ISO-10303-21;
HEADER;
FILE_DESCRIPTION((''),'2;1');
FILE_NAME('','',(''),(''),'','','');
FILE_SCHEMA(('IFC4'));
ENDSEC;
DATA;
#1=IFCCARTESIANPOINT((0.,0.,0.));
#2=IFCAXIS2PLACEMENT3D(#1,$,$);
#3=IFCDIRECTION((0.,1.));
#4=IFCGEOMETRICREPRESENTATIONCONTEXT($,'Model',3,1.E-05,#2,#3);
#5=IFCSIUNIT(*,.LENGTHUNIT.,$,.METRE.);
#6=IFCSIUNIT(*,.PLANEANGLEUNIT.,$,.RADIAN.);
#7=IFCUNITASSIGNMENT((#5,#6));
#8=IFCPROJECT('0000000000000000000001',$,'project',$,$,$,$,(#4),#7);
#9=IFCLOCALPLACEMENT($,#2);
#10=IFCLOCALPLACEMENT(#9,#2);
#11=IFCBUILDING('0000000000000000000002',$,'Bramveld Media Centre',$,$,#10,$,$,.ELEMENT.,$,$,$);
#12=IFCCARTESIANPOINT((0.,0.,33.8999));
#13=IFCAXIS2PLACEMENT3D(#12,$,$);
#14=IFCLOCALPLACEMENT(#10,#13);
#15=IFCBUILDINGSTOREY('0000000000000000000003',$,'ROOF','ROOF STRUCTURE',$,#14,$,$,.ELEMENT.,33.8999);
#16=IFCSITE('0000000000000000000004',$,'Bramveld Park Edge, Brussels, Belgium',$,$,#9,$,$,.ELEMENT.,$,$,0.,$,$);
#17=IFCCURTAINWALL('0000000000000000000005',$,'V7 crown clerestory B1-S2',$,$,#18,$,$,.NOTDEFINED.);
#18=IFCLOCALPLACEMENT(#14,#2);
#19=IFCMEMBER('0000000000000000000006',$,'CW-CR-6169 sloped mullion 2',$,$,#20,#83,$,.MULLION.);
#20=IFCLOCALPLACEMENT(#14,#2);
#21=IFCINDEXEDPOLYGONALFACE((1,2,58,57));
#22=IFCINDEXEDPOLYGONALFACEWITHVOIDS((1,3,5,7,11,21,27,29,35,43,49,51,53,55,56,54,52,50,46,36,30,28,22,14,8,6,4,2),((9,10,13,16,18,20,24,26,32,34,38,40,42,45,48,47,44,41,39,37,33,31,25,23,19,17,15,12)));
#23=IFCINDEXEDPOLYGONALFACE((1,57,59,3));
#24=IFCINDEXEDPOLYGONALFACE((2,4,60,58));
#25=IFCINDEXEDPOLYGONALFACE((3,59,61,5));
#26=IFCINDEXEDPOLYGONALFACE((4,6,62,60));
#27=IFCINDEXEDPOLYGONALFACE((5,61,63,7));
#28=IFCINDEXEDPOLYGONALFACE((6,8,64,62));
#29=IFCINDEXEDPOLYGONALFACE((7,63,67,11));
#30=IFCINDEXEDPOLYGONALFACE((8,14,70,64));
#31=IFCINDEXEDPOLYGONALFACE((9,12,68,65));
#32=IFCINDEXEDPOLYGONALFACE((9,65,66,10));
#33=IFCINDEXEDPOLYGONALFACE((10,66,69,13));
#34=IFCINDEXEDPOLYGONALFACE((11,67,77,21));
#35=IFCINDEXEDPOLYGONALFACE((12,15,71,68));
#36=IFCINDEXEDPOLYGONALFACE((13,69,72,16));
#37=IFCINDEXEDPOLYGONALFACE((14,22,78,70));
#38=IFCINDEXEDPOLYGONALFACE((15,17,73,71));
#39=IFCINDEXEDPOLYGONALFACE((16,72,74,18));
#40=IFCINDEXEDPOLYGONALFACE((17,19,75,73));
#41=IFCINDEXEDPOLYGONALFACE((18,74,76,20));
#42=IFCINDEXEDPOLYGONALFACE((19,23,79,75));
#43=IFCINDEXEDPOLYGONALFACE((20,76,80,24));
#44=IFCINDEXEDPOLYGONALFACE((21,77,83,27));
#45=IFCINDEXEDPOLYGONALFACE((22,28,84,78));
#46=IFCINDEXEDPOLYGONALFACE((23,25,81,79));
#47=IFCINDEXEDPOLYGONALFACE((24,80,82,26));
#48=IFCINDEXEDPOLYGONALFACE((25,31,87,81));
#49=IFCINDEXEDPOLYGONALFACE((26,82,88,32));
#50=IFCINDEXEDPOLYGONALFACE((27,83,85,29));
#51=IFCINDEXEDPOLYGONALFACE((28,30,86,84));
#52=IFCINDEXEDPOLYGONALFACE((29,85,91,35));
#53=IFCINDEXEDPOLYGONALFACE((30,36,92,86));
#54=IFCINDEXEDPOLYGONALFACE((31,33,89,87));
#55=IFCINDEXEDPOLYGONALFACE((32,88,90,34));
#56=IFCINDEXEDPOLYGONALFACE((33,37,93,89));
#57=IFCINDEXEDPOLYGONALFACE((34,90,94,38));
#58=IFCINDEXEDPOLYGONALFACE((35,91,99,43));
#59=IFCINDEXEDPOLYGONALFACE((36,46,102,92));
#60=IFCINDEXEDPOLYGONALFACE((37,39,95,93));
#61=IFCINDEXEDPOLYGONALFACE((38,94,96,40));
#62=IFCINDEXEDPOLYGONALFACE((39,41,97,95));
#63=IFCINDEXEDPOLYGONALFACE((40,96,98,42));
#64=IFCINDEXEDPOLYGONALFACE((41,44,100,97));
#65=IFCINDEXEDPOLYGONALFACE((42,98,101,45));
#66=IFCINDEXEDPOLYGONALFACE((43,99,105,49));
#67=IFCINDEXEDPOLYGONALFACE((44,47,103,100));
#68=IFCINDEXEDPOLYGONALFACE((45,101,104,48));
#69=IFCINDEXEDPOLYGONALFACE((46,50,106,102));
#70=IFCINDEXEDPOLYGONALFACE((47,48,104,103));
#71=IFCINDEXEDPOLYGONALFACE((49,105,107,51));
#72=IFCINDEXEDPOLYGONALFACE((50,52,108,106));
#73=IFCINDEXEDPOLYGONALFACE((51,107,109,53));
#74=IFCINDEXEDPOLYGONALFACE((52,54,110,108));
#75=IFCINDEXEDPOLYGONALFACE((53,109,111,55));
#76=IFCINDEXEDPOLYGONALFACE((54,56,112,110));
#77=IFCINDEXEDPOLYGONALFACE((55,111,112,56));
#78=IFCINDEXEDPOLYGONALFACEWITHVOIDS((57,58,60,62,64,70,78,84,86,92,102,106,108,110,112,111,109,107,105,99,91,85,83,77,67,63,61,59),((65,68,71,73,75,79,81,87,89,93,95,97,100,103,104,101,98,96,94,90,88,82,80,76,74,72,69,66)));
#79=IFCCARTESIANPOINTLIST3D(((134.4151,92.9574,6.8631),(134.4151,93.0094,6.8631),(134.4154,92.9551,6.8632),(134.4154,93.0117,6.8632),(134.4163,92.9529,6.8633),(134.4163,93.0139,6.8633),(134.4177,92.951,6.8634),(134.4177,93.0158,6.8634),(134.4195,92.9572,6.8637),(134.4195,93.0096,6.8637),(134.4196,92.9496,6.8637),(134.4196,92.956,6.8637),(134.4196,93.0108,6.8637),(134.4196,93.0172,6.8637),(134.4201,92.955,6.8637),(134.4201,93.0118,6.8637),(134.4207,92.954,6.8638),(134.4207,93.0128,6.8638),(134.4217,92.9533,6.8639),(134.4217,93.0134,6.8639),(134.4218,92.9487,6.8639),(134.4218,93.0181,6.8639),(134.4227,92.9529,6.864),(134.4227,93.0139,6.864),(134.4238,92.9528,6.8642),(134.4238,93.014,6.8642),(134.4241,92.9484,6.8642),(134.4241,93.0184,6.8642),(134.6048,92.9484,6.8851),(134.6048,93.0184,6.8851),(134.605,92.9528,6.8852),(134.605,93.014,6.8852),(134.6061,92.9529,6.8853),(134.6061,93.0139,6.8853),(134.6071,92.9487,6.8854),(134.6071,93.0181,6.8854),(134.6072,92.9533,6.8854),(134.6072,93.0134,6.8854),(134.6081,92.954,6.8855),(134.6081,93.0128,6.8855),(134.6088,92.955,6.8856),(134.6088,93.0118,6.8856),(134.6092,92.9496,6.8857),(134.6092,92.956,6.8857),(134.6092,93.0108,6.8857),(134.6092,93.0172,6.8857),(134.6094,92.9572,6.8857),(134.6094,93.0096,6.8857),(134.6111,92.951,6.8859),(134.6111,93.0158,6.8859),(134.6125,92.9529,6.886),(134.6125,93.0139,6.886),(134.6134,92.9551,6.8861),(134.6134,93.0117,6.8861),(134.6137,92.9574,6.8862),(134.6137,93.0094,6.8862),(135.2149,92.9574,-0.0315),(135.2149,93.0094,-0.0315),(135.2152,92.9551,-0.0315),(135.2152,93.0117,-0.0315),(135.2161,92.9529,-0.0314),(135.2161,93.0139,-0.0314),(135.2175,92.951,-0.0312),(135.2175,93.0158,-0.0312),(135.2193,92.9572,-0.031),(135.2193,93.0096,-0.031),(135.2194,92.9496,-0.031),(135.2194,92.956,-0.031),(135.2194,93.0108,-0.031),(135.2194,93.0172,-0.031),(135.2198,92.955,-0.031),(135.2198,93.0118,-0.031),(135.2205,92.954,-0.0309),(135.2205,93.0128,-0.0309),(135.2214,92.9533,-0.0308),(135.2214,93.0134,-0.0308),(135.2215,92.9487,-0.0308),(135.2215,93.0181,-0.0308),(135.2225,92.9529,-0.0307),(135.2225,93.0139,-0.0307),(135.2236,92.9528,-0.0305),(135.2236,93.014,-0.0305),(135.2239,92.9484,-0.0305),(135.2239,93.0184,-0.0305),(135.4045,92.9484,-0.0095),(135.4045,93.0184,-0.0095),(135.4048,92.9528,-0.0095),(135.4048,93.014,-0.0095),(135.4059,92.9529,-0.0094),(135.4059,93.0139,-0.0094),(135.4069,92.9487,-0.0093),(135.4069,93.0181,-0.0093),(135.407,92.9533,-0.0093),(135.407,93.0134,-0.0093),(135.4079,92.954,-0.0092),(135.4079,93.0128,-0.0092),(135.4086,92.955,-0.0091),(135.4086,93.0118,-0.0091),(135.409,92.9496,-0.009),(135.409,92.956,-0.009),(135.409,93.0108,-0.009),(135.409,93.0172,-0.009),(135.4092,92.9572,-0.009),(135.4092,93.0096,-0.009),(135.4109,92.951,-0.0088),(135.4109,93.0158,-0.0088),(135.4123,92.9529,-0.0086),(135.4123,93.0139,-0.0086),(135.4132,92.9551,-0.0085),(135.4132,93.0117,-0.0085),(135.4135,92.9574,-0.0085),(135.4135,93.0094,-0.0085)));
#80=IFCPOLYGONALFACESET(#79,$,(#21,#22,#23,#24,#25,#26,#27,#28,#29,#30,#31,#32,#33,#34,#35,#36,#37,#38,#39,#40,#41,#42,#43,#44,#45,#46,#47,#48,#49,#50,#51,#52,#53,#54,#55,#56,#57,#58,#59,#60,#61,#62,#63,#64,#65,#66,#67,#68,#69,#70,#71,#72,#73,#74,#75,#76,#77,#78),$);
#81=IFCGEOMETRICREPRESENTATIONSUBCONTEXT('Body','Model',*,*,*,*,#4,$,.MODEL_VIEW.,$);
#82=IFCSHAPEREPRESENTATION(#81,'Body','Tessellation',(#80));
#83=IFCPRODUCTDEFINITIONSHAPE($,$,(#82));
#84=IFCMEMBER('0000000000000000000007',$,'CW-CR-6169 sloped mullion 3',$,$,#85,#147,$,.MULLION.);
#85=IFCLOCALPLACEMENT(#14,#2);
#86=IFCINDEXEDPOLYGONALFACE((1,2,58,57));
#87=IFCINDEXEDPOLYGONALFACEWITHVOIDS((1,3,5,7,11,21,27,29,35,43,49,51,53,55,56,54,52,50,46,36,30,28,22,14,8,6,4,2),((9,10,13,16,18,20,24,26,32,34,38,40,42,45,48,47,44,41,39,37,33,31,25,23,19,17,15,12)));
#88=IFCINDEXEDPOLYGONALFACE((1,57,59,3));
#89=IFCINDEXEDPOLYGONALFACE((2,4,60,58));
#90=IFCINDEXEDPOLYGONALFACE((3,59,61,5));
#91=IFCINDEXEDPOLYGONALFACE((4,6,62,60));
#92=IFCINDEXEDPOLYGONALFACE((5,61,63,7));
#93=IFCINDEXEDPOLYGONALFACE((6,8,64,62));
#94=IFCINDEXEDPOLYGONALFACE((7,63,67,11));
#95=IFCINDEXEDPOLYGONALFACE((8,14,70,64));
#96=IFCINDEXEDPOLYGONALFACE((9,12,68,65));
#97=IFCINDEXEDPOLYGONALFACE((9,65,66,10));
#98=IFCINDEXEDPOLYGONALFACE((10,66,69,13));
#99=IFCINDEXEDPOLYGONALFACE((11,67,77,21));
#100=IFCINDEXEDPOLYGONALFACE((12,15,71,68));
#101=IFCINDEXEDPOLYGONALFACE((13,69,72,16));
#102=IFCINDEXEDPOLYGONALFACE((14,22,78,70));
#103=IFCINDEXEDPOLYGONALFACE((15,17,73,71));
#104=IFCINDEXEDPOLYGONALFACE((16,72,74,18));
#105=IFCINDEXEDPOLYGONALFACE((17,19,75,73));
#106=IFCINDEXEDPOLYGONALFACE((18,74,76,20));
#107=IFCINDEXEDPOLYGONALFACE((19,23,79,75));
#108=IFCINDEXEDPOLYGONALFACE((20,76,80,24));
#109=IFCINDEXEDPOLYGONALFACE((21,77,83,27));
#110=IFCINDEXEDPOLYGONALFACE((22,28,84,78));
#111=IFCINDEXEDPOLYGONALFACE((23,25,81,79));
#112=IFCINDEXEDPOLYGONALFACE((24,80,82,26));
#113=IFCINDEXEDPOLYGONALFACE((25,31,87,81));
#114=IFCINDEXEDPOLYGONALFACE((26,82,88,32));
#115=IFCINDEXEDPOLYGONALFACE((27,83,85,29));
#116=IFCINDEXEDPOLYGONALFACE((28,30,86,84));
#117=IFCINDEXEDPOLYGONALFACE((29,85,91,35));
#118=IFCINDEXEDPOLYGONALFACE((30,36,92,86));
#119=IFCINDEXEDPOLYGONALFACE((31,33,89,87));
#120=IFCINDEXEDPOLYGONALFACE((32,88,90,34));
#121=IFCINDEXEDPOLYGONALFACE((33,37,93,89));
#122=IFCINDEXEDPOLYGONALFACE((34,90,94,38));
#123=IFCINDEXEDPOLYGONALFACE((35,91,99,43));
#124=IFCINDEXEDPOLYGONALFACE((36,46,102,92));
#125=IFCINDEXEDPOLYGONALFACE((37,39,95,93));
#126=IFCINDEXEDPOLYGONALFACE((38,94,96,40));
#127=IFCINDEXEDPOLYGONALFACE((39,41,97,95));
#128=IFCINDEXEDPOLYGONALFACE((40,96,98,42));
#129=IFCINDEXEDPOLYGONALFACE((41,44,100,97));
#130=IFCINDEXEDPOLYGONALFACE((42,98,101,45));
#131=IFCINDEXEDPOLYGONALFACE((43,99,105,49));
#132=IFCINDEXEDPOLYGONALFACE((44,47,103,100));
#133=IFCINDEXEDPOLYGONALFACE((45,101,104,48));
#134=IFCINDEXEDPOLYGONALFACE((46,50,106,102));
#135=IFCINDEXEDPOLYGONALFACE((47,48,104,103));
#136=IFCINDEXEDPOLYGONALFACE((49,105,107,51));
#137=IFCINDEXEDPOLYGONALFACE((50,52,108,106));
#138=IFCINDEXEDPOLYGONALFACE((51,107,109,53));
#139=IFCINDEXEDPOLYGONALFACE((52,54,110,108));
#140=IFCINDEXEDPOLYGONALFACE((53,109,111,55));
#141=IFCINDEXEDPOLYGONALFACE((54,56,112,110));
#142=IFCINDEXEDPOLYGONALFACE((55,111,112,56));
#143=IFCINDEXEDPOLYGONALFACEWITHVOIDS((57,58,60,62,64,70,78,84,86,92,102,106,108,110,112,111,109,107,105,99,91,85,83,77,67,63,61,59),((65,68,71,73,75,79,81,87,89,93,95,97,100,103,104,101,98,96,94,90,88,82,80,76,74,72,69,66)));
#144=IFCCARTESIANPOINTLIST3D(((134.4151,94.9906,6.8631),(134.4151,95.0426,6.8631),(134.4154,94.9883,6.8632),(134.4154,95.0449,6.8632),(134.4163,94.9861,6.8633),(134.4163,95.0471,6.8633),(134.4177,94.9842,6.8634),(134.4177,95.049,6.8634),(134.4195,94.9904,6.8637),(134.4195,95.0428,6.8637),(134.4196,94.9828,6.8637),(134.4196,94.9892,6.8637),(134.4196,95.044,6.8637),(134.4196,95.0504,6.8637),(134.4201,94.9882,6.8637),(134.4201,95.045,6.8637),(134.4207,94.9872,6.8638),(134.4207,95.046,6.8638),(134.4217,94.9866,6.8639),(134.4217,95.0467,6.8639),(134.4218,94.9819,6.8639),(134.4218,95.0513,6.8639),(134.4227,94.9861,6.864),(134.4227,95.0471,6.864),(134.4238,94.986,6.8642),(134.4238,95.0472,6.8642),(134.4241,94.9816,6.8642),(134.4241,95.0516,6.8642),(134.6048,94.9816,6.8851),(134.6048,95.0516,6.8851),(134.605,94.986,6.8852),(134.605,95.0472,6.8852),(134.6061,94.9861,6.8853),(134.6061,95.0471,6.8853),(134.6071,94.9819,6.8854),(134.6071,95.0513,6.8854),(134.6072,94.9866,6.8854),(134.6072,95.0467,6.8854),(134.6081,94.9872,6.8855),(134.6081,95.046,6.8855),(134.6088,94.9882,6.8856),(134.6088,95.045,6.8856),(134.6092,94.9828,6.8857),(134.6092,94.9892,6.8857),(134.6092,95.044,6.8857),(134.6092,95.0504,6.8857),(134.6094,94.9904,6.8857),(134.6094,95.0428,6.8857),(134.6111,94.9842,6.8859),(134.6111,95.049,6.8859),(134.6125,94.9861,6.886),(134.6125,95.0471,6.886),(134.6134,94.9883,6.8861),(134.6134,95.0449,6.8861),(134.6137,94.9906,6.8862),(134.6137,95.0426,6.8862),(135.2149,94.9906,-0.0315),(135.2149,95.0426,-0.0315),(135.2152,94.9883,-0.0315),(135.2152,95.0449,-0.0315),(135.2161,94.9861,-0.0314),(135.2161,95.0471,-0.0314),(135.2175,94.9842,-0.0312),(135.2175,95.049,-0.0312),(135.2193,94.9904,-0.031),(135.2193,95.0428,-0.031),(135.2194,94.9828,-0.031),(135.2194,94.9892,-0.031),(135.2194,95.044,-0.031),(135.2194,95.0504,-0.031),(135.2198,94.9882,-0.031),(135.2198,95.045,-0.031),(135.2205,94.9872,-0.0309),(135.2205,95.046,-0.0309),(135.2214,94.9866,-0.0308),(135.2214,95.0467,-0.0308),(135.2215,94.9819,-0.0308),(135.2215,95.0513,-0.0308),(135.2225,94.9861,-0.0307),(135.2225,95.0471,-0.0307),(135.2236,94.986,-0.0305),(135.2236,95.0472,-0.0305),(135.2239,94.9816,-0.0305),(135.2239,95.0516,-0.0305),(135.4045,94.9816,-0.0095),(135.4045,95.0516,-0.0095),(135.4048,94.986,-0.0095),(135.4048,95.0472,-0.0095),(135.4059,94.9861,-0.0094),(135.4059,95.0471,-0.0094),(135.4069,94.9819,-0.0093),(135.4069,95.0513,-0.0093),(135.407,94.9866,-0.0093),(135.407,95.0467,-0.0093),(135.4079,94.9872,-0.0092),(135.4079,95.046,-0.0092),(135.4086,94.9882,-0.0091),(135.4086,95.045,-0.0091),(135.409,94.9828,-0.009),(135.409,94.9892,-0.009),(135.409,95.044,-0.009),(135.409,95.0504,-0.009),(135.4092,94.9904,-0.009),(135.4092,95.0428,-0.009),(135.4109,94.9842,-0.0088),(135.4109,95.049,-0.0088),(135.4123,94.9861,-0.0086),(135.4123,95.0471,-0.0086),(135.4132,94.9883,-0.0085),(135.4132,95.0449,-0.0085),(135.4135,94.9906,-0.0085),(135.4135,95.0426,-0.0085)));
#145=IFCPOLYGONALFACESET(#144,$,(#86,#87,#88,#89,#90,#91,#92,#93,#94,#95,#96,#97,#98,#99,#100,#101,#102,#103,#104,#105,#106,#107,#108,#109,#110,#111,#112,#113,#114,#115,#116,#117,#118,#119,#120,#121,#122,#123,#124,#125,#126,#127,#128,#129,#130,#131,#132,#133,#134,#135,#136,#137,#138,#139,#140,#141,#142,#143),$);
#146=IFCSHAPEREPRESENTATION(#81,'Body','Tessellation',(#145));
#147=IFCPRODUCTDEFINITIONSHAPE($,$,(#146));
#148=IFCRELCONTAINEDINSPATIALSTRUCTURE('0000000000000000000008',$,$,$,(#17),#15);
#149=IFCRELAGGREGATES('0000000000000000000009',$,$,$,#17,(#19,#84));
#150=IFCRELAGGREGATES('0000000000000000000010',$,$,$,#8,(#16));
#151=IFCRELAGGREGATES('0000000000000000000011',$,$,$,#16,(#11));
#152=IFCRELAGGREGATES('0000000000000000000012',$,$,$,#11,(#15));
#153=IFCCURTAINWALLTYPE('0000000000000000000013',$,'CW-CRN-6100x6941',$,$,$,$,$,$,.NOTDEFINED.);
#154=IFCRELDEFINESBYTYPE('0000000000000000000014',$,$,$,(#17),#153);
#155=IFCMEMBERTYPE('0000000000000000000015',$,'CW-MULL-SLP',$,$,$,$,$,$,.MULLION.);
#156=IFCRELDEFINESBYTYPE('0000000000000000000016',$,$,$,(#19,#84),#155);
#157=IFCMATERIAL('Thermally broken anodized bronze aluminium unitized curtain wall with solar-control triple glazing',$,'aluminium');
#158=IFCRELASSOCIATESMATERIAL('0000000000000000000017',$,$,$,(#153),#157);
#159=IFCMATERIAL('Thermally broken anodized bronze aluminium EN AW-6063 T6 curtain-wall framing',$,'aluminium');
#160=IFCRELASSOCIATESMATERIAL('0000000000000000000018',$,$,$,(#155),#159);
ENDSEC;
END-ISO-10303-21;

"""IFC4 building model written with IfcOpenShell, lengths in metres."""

from ifc_helpers import new_model, si_unit, direction, frame, origin, origin_2d, place, context, subcontext, project, spatial, hollow_rectangle, extrude, material, material_profile, profile_set, type_object, element, aggregate, save


model = new_model("IFC4")

# Units and contexts
model_context = context("Model", 3, precision=1e-05, world=origin(), true_north=direction((0.0, 1.0)))
body_context = subcontext(model_context, "Body", "Model", "MODEL_VIEW")
ifc_project = project(units=[si_unit("LENGTHUNIT", "METRE"), si_unit("PLANEANGLEUNIT", "RADIAN")], contexts=[model_context])

# Site, building, storey
site_placement = place(None, origin())
site = spatial("IfcSite", under=ifc_project, at=site_placement, Name="Bramveld Park Edge, Brussels, Belgium", CompositionType="ELEMENT", RefElevation=0.0)
building_placement = place(site_placement, origin())
building = spatial("IfcBuilding", under=site, at=building_placement, Name="Bramveld Media Centre", CompositionType="ELEMENT")
storey_placement = place(building_placement, frame((0.0, 0.0, 33.8999)))
storey = spatial("IfcBuildingStorey", under=building, at=storey_placement, Name="ROOF", Description="ROOF STRUCTURE", CompositionType="ELEMENT", Elevation=33.8999)

# Curtain wall, members
ifc_material_1 = material(Name="Thermally broken anodized bronze aluminium unitized curtain wall with solar-control triple glazing", Category="aluminium")
curtain_wall_type = type_object("IfcCurtainWallType", Name="CW-CRN-6100x6941", PredefinedType="NOTDEFINED", material=ifc_material_1)
curtain_wall_1_placement = place(storey_placement, origin())
curtain_wall_1 = element("IfcCurtainWall", 1, at=curtain_wall_1_placement, inside=storey, type_object=curtain_wall_type, Name="V7 crown clerestory B1-S2", PredefinedType="NOTDEFINED")
ifc_material_2 = material(Name="Thermally broken anodized bronze aluminium EN AW-6063 T6 curtain-wall framing", Category="aluminium")
ifc_material_profile_1 = material_profile(ifc_material_2, hollow_rectangle(XDim=0.0701, YDim=0.2, WallThickness=0.0044, InnerFilletRadius=0.0044, OuterFilletRadius=0.009, at=origin_2d()), Name="AL-MULL 70x200")
ifc_profile_set_1 = profile_set([ifc_material_profile_1], Name="Thermally broken anodized bronze aluminium EN AW-6063 T6 curtain-wall framing")
member_type_1 = type_object("IfcMemberType", Name="CW-MULL-SLP", PredefinedType="MULLION", material=ifc_profile_set_1)
member_1_placement = place(storey_placement, frame((135.3142, 92.9834, -0.02), z_axis=(-0.115229, 0.0, 0.993339), x_axis=(0.0, -1.0, 0.0)))
member_1 = element("IfcMember", 2, at=member_1_placement, type_object=member_type_1, Name="CW-CR-6169 sloped mullion 2", PredefinedType="MULLION", context=body_context, shape_type="SweptSolid", body=[
    extrude(hollow_rectangle(XDim=0.0701, YDim=0.2, WallThickness=0.0044, InnerFilletRadius=0.0044, OuterFilletRadius=0.009, at=origin_2d()), origin(), (0.0, 0.0, 1.0), 6.9409),
])
member_2_placement = place(storey_placement, frame((135.3142, 95.0166, -0.02), z_axis=(-0.115229, 0.0, 0.993339), x_axis=(0.0, -1.0, 0.0)))
member_2 = element("IfcMember", 3, at=member_2_placement, type_object=member_type_1, Name="CW-CR-6169 sloped mullion 3", PredefinedType="MULLION", context=body_context, shape_type="SweptSolid", body=[
    extrude(hollow_rectangle(XDim=0.0701, YDim=0.2, WallThickness=0.0044, InnerFilletRadius=0.0044, OuterFilletRadius=0.009, at=origin_2d()), origin(), (0.0, 0.0, 1.0), 6.9409),
])

aggregate(curtain_wall_1, [member_1, member_2])

save(model, "model.ifc")
